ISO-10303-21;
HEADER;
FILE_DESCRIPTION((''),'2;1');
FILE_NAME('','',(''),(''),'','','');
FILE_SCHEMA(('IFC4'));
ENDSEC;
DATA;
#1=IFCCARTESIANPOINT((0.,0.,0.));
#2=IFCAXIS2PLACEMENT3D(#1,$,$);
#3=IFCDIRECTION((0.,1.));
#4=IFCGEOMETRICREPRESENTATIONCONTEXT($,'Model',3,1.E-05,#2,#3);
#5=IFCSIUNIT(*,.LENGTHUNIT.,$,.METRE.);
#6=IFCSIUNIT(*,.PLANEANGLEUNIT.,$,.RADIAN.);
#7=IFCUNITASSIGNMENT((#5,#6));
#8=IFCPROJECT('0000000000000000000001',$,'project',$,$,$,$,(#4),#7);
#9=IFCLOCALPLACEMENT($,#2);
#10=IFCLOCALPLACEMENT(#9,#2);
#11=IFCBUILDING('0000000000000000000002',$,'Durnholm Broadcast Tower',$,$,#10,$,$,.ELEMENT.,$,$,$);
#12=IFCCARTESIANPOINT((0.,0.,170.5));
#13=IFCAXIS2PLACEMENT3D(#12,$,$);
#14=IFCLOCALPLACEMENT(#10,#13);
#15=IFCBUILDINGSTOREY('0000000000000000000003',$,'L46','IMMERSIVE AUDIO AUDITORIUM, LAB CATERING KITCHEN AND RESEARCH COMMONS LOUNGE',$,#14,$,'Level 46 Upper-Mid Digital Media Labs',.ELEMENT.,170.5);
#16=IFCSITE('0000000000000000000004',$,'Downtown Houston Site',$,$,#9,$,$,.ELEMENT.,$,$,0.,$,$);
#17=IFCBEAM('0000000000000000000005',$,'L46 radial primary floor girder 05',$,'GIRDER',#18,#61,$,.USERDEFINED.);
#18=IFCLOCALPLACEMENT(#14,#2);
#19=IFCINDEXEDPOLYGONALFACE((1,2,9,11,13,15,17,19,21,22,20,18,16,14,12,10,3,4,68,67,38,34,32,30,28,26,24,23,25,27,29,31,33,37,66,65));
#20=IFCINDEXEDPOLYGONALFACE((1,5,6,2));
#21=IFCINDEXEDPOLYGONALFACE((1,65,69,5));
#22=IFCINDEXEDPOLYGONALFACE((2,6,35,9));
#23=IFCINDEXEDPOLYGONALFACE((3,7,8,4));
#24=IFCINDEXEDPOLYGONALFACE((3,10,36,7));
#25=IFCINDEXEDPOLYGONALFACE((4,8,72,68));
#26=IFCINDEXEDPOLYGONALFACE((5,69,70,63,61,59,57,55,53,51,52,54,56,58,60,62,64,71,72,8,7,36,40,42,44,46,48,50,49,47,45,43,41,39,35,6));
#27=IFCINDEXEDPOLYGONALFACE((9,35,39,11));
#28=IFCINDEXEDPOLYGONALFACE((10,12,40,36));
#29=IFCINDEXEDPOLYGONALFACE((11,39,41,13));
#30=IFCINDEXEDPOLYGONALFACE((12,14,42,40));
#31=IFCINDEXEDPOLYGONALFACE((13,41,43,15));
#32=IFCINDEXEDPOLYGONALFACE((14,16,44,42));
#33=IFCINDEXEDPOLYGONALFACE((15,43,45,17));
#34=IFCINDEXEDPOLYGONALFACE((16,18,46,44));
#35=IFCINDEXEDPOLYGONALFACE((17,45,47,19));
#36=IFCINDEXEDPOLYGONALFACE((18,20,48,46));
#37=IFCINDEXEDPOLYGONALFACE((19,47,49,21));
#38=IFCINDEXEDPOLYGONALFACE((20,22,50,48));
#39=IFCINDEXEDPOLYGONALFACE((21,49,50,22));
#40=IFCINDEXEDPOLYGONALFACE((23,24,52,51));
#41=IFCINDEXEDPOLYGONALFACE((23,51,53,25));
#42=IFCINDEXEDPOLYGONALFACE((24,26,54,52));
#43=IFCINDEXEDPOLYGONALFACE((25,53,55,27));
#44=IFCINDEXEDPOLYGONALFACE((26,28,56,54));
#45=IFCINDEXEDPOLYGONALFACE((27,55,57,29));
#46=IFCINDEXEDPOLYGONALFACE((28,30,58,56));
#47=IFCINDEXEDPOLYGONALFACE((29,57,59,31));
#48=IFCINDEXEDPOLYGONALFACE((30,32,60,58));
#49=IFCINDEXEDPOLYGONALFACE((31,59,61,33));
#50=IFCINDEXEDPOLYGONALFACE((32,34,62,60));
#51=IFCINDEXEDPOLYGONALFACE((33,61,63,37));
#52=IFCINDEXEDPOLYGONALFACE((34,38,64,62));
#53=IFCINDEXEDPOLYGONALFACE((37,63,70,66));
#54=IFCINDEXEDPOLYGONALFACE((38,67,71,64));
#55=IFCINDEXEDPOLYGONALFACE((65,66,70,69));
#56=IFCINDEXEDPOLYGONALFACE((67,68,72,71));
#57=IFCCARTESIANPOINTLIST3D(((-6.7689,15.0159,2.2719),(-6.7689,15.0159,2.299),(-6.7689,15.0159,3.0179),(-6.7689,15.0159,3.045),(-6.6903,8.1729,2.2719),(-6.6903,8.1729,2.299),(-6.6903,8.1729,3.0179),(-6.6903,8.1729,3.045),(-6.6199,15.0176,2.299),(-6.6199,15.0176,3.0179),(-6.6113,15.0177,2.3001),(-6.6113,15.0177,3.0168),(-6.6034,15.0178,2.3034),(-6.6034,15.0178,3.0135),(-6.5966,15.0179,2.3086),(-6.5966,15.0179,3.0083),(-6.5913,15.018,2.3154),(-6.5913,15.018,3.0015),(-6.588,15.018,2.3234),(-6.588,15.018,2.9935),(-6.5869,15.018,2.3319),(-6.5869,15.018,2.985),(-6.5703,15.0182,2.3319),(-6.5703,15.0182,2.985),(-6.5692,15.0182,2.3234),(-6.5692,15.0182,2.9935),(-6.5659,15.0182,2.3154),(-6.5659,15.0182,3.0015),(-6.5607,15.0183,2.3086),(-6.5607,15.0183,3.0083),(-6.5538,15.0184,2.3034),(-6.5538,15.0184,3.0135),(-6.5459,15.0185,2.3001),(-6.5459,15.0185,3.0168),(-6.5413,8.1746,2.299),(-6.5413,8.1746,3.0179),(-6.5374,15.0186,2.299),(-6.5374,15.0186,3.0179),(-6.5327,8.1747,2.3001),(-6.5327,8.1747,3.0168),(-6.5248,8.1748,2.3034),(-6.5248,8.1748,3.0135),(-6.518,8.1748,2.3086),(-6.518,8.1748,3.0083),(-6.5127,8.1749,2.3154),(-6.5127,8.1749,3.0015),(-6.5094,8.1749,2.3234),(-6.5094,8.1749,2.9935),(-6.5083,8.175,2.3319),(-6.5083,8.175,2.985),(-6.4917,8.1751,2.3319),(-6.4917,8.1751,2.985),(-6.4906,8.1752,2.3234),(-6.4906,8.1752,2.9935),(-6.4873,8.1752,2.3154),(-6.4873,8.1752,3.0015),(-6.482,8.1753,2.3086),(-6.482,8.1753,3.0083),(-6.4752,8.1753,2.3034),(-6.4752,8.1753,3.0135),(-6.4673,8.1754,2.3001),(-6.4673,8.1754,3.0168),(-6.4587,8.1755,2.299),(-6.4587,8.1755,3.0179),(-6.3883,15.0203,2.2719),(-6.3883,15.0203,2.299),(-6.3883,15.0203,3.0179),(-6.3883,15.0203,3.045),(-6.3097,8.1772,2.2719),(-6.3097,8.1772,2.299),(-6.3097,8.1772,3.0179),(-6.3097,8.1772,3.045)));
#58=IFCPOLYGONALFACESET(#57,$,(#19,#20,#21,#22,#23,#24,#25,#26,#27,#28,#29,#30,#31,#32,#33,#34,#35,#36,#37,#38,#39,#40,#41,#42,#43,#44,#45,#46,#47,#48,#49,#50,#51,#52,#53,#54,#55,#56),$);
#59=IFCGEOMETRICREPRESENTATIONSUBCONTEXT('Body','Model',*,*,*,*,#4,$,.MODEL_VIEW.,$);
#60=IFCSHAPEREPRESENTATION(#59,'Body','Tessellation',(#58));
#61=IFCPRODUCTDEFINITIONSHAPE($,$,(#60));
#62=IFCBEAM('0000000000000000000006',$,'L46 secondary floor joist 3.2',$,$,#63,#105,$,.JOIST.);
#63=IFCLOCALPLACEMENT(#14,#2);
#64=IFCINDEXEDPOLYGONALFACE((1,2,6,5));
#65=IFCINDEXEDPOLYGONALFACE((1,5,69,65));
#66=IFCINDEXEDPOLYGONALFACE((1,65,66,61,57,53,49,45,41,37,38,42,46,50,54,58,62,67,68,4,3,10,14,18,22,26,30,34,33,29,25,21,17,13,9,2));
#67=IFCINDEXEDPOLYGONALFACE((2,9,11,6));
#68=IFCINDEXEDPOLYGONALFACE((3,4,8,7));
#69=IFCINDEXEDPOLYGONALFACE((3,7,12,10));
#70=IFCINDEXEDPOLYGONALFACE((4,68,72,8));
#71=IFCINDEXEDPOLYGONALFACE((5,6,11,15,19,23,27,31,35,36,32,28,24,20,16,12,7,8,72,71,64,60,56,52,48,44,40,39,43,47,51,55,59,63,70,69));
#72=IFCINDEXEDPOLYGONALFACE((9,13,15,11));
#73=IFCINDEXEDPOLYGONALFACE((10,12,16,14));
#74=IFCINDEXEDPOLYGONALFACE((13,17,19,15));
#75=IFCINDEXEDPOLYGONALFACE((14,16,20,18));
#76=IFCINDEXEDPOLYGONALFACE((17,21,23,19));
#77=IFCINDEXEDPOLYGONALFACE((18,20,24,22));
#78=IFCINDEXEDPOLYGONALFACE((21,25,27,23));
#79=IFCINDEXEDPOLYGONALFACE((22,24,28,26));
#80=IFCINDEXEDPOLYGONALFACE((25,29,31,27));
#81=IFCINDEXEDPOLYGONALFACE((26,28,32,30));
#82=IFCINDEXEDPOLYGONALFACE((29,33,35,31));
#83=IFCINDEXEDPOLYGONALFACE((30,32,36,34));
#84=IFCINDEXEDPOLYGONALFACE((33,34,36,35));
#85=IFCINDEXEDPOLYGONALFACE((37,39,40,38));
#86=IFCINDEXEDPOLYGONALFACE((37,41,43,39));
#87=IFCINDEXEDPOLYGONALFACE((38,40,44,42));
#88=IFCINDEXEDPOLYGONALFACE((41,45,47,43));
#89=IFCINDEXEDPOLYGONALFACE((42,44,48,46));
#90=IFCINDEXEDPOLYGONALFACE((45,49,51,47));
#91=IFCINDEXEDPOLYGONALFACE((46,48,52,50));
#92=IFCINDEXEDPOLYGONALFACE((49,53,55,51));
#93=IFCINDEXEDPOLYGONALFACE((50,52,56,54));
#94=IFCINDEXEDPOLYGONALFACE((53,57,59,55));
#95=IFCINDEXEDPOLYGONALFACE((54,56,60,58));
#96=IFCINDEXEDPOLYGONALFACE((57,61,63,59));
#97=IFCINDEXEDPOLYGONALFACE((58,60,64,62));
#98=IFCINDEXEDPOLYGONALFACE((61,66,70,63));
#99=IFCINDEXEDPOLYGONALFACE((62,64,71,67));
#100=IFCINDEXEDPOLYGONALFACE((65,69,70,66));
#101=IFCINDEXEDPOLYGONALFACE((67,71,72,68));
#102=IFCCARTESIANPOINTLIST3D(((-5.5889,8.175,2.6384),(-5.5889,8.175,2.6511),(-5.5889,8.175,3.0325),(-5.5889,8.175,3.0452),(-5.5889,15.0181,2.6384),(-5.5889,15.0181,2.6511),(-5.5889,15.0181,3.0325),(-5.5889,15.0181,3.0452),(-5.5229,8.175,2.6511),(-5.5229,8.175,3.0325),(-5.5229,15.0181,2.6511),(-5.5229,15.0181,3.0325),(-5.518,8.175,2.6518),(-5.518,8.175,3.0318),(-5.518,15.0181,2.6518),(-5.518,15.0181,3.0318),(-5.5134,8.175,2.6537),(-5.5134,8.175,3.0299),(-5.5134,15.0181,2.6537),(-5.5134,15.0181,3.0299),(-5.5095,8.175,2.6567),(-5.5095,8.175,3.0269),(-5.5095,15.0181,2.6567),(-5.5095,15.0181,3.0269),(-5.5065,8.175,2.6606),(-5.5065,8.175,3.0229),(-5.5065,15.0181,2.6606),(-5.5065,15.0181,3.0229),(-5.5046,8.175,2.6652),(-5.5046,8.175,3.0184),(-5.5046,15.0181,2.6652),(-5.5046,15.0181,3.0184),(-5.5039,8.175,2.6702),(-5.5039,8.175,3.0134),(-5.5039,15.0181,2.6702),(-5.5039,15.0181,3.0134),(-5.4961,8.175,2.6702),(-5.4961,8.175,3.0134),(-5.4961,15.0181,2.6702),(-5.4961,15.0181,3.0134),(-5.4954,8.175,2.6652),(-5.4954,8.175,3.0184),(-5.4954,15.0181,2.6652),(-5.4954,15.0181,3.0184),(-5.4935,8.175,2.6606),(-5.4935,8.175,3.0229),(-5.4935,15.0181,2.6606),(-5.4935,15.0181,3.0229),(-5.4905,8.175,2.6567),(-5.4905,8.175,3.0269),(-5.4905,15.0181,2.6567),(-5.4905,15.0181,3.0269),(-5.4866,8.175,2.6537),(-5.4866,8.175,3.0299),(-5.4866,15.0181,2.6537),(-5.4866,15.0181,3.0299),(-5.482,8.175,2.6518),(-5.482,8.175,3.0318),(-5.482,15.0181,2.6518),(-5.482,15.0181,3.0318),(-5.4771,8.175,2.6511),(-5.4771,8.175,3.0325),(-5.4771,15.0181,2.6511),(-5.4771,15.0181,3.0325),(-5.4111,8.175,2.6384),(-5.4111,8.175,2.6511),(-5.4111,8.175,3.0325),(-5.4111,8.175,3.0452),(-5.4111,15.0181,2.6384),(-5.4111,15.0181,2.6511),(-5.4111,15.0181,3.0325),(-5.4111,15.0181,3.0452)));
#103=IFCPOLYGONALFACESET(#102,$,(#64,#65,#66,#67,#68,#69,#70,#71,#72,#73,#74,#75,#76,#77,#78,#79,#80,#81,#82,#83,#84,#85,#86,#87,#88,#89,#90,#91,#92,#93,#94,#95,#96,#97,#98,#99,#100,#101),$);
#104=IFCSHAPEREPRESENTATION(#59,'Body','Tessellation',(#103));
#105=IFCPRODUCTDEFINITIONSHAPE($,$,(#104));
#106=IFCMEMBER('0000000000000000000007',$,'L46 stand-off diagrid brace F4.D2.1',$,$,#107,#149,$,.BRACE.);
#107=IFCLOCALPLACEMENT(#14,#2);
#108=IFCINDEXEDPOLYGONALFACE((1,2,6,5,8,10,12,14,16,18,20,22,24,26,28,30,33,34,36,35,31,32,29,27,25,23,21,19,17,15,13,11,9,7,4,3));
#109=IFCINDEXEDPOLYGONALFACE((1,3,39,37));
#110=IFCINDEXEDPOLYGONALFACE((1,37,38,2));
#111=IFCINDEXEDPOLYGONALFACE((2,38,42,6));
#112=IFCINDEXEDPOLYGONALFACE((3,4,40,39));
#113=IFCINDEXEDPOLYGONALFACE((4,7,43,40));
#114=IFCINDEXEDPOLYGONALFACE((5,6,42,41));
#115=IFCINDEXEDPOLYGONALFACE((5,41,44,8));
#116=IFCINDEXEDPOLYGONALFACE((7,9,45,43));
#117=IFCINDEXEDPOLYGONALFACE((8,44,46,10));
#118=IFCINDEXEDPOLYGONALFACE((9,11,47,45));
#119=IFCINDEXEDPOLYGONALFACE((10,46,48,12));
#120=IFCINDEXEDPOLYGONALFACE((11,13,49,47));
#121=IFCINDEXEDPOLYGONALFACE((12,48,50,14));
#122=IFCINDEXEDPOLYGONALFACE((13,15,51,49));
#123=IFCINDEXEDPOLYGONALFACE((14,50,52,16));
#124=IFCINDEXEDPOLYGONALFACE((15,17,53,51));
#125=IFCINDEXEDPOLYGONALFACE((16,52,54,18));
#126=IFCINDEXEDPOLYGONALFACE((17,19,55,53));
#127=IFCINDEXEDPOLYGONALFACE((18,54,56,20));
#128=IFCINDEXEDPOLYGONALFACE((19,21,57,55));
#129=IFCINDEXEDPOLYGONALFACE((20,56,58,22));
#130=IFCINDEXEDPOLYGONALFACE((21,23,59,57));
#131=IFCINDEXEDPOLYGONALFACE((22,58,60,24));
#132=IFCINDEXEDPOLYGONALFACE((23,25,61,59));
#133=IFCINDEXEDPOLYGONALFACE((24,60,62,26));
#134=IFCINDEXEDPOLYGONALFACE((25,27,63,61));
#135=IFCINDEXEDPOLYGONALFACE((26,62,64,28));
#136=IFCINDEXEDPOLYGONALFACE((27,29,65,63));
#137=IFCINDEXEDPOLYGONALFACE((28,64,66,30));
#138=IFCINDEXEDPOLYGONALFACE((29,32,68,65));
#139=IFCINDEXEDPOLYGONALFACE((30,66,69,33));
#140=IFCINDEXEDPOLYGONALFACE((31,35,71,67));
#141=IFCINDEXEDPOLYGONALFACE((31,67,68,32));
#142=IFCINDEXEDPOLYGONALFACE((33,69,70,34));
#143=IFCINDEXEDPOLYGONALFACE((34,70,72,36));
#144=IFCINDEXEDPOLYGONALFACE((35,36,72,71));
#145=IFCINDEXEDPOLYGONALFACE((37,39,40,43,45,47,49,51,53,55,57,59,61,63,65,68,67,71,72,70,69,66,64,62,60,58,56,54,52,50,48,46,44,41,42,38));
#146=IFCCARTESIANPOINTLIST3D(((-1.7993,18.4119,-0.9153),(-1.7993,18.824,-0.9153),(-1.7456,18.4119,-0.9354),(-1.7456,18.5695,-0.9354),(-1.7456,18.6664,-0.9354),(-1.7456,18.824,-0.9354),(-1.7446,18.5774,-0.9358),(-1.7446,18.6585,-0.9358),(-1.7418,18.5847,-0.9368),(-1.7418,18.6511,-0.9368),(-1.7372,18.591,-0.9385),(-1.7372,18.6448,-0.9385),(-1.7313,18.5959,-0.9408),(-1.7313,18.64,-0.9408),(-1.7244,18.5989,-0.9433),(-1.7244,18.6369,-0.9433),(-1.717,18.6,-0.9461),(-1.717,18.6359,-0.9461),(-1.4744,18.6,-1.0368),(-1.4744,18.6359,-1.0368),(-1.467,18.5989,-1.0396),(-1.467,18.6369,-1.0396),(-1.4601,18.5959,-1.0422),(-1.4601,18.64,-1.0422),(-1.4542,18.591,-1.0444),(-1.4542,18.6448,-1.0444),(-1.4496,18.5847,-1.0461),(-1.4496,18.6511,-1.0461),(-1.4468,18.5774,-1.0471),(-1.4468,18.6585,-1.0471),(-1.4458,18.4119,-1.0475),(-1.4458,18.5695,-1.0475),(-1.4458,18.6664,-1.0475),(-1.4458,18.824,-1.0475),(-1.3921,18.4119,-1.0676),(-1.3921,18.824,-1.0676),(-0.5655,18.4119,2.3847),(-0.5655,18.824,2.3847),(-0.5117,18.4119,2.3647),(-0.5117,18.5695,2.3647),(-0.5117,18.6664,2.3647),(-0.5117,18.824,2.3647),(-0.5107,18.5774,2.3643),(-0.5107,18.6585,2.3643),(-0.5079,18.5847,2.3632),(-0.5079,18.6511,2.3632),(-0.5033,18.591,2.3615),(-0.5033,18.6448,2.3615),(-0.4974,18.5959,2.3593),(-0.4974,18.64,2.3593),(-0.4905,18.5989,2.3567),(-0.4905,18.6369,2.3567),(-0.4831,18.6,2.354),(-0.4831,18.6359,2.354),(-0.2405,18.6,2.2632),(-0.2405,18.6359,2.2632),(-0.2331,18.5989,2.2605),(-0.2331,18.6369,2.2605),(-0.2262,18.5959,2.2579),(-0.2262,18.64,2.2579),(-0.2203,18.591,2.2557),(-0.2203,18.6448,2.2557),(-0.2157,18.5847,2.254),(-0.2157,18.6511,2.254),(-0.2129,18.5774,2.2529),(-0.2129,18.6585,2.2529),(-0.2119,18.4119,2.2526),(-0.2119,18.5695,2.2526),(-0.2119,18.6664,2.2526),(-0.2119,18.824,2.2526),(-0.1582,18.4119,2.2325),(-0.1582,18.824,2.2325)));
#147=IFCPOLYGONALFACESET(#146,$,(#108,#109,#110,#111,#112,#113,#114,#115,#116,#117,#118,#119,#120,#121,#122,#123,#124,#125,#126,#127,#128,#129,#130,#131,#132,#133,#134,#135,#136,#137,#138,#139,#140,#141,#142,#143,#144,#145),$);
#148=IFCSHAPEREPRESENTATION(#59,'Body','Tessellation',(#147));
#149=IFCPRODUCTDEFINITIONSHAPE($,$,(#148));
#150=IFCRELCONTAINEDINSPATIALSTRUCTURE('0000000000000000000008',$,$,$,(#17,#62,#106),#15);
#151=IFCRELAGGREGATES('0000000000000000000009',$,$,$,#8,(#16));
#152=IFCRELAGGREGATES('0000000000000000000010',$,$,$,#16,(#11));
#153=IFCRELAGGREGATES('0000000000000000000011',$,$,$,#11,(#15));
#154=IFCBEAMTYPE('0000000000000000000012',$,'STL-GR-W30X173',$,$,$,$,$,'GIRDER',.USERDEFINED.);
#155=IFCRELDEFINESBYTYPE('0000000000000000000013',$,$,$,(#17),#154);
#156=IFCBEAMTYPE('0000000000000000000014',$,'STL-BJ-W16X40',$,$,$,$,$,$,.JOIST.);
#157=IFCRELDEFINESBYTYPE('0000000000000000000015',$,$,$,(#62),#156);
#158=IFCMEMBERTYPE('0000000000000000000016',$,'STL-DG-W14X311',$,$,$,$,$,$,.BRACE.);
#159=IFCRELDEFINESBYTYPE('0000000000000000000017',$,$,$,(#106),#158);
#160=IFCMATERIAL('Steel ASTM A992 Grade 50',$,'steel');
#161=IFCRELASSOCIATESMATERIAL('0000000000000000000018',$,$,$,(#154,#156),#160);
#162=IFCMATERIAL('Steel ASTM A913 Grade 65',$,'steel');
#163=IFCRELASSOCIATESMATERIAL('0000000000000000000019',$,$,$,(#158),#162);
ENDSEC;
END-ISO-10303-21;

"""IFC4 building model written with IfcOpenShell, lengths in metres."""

from ifc_helpers import new_model, si_unit, direction, frame, origin, origin_2d, place, context, subcontext, project, spatial, i_section, extrude, source, transform, mapped, material, material_profile, profile_set, type_object, type_shapes, element, save


model = new_model("IFC4")

# Units and contexts
model_context = context("Model", 3, precision=1e-05, world=origin(), true_north=direction((0.0, 1.0)))
body_context = subcontext(model_context, "Body", "Model", "MODEL_VIEW")
ifc_project = project(units=[si_unit("LENGTHUNIT", "METRE"), si_unit("PLANEANGLEUNIT", "RADIAN")], contexts=[model_context])

# Site, building, storey
site_placement = place(None, origin())
site = spatial("IfcSite", under=ifc_project, at=site_placement, Name="Downtown Houston Site", CompositionType="ELEMENT", RefElevation=0.0)
building_placement = place(site_placement, origin())
building = spatial("IfcBuilding", under=site, at=building_placement, Name="Durnholm Broadcast Tower", CompositionType="ELEMENT")
storey_placement = place(building_placement, frame((0.0, 0.0, 170.5)))
storey = spatial("IfcBuildingStorey", under=building, at=storey_placement, Name="L46", Description="IMMERSIVE AUDIO AUDITORIUM, LAB CATERING KITCHEN AND RESEARCH COMMONS LOUNGE", LongName="Level 46 Upper-Mid Digital Media Labs", CompositionType="ELEMENT", Elevation=170.5)

# Beams
ifc_material_1 = material(Name="Steel ASTM A992 Grade 50", Category="steel")
ifc_material_profile_1 = material_profile(ifc_material_1, i_section(OverallWidth=0.3806, OverallDepth=0.7732, WebThickness=0.0166, FlangeThickness=0.0271, FilletRadius=0.033, at=origin_2d()), Name="W30X173")
ifc_profile_set_1 = profile_set([ifc_material_profile_1], Name="Steel ASTM A992 Grade 50")
beam_type_1 = type_object("IfcBeamType", Name="STL-GR-W30X173", ElementType="GIRDER", PredefinedType="USERDEFINED", material=ifc_profile_set_1)
shared_shape_1 = source(origin(), body_context, "Body", "SweptSolid", [
    extrude(i_section(OverallWidth=0.3806, OverallDepth=0.7732, WebThickness=0.0166, FlangeThickness=0.0271, FilletRadius=0.033, at=origin_2d()), origin(), (0.0, 0.0, 1.0), 6.8435),
])
beam_1_placement = place(storey_placement, frame((-6.5, 8.175, 2.6584), z_axis=(-0.011487, 0.999934, 0.0), x_axis=(-0.999934, -0.011487, 0.0)))
element("IfcBeam", 1, at=beam_1_placement, inside=storey, type_object=beam_type_1, Name="L46 radial primary floor girder 05", ObjectType="GIRDER", PredefinedType="USERDEFINED", context=body_context, shape_type="MappedRepresentation", body=[
    mapped(shared_shape_1, transform((0.0, 0.0, 0.0), x_axis=(1.0, 0.0, 0.0), y_axis=(0.0, 1.0, 0.0), z_axis=(0.0, 0.0, 1.0), scale=1.0)),
])
ifc_material_profile_2 = material_profile(ifc_material_1, i_section(OverallWidth=0.1777, OverallDepth=0.4067, WebThickness=0.0078, FlangeThickness=0.0127, FilletRadius=0.019, at=origin_2d()), Name="W16X40")
ifc_profile_set_2 = profile_set([ifc_material_profile_2], Name="Steel ASTM A992 Grade 50")
beam_type_2 = type_object("IfcBeamType", Name="STL-BJ-W16X40", PredefinedType="JOIST", material=ifc_profile_set_2)
shared_shape_2 = source(origin(), body_context, "Body", "SweptSolid", [
    extrude(i_section(OverallWidth=0.1777, OverallDepth=0.4067, WebThickness=0.0078, FlangeThickness=0.0127, FilletRadius=0.019, at=origin_2d()), origin(), (0.0, 0.0, 1.0), 6.843),
])
type_shapes(beam_type_2, [shared_shape_2])
beam_2_placement = place(storey_placement, frame((-5.5, 8.175, 2.8418), z_axis=(0.0, 1.0, 0.0), x_axis=(-1.0, 0.0, 0.0)))
element("IfcBeam", 2, at=beam_2_placement, inside=storey, type_object=beam_type_2, Name="L46 secondary floor joist 3.2", PredefinedType="JOIST", context=body_context, shape_type="MappedRepresentation", body=[
    mapped(shared_shape_2, transform((0.0, 0.0, 0.0), x_axis=(1.0, 0.0, 0.0), y_axis=(0.0, 1.0, 0.0), z_axis=(0.0, 0.0, 1.0), scale=1.0)),
])

# Member
ifc_material_2 = material(Name="Steel ASTM A913 Grade 65", Category="steel")
ifc_material_profile_3 = material_profile(ifc_material_2, i_section(OverallWidth=0.4121, OverallDepth=0.4348, WebThickness=0.0359, FlangeThickness=0.0574, FilletRadius=0.0305, at=origin_2d()), Name="W14X311")
ifc_profile_set_3 = profile_set([ifc_material_profile_3], Name="Steel ASTM A913 Grade 65")
member_type_1 = type_object("IfcMemberType", Name="STL-DG-W14X311", PredefinedType="BRACE", material=ifc_profile_set_3)
shared_shape_3 = source(origin(), body_context, "Body", "SweptSolid", [
    extrude(i_section(OverallWidth=0.4121, OverallDepth=0.4348, WebThickness=0.0359, FlangeThickness=0.0574, FilletRadius=0.0305, at=origin_2d()), origin(), (0.0, 0.0, 1.0), 3.5232),
])
type_shapes(member_type_1, [shared_shape_3])
for number, where, z_axis, x_axis, name in (
    (3, (-1.5957, 18.6179, -0.9915), (0.35022, 0.0, 0.936668), (0.0, 1.0, 0.0), "L46 stand-off diagrid brace F4.D2.1"),
):
    element("IfcMember", number, at=place(storey_placement, frame(where, z_axis=z_axis, x_axis=x_axis)), inside=storey, type_object=member_type_1, Name=name, PredefinedType="BRACE", context=body_context, shape_type="MappedRepresentation", body=[
        mapped(shared_shape_3, transform((0.0, 0.0, 0.0), x_axis=(1.0, 0.0, 0.0), y_axis=(0.0, 1.0, 0.0), z_axis=(0.0, 0.0, 1.0), scale=1.0)),
    ])

save(model, "model.ifc")
